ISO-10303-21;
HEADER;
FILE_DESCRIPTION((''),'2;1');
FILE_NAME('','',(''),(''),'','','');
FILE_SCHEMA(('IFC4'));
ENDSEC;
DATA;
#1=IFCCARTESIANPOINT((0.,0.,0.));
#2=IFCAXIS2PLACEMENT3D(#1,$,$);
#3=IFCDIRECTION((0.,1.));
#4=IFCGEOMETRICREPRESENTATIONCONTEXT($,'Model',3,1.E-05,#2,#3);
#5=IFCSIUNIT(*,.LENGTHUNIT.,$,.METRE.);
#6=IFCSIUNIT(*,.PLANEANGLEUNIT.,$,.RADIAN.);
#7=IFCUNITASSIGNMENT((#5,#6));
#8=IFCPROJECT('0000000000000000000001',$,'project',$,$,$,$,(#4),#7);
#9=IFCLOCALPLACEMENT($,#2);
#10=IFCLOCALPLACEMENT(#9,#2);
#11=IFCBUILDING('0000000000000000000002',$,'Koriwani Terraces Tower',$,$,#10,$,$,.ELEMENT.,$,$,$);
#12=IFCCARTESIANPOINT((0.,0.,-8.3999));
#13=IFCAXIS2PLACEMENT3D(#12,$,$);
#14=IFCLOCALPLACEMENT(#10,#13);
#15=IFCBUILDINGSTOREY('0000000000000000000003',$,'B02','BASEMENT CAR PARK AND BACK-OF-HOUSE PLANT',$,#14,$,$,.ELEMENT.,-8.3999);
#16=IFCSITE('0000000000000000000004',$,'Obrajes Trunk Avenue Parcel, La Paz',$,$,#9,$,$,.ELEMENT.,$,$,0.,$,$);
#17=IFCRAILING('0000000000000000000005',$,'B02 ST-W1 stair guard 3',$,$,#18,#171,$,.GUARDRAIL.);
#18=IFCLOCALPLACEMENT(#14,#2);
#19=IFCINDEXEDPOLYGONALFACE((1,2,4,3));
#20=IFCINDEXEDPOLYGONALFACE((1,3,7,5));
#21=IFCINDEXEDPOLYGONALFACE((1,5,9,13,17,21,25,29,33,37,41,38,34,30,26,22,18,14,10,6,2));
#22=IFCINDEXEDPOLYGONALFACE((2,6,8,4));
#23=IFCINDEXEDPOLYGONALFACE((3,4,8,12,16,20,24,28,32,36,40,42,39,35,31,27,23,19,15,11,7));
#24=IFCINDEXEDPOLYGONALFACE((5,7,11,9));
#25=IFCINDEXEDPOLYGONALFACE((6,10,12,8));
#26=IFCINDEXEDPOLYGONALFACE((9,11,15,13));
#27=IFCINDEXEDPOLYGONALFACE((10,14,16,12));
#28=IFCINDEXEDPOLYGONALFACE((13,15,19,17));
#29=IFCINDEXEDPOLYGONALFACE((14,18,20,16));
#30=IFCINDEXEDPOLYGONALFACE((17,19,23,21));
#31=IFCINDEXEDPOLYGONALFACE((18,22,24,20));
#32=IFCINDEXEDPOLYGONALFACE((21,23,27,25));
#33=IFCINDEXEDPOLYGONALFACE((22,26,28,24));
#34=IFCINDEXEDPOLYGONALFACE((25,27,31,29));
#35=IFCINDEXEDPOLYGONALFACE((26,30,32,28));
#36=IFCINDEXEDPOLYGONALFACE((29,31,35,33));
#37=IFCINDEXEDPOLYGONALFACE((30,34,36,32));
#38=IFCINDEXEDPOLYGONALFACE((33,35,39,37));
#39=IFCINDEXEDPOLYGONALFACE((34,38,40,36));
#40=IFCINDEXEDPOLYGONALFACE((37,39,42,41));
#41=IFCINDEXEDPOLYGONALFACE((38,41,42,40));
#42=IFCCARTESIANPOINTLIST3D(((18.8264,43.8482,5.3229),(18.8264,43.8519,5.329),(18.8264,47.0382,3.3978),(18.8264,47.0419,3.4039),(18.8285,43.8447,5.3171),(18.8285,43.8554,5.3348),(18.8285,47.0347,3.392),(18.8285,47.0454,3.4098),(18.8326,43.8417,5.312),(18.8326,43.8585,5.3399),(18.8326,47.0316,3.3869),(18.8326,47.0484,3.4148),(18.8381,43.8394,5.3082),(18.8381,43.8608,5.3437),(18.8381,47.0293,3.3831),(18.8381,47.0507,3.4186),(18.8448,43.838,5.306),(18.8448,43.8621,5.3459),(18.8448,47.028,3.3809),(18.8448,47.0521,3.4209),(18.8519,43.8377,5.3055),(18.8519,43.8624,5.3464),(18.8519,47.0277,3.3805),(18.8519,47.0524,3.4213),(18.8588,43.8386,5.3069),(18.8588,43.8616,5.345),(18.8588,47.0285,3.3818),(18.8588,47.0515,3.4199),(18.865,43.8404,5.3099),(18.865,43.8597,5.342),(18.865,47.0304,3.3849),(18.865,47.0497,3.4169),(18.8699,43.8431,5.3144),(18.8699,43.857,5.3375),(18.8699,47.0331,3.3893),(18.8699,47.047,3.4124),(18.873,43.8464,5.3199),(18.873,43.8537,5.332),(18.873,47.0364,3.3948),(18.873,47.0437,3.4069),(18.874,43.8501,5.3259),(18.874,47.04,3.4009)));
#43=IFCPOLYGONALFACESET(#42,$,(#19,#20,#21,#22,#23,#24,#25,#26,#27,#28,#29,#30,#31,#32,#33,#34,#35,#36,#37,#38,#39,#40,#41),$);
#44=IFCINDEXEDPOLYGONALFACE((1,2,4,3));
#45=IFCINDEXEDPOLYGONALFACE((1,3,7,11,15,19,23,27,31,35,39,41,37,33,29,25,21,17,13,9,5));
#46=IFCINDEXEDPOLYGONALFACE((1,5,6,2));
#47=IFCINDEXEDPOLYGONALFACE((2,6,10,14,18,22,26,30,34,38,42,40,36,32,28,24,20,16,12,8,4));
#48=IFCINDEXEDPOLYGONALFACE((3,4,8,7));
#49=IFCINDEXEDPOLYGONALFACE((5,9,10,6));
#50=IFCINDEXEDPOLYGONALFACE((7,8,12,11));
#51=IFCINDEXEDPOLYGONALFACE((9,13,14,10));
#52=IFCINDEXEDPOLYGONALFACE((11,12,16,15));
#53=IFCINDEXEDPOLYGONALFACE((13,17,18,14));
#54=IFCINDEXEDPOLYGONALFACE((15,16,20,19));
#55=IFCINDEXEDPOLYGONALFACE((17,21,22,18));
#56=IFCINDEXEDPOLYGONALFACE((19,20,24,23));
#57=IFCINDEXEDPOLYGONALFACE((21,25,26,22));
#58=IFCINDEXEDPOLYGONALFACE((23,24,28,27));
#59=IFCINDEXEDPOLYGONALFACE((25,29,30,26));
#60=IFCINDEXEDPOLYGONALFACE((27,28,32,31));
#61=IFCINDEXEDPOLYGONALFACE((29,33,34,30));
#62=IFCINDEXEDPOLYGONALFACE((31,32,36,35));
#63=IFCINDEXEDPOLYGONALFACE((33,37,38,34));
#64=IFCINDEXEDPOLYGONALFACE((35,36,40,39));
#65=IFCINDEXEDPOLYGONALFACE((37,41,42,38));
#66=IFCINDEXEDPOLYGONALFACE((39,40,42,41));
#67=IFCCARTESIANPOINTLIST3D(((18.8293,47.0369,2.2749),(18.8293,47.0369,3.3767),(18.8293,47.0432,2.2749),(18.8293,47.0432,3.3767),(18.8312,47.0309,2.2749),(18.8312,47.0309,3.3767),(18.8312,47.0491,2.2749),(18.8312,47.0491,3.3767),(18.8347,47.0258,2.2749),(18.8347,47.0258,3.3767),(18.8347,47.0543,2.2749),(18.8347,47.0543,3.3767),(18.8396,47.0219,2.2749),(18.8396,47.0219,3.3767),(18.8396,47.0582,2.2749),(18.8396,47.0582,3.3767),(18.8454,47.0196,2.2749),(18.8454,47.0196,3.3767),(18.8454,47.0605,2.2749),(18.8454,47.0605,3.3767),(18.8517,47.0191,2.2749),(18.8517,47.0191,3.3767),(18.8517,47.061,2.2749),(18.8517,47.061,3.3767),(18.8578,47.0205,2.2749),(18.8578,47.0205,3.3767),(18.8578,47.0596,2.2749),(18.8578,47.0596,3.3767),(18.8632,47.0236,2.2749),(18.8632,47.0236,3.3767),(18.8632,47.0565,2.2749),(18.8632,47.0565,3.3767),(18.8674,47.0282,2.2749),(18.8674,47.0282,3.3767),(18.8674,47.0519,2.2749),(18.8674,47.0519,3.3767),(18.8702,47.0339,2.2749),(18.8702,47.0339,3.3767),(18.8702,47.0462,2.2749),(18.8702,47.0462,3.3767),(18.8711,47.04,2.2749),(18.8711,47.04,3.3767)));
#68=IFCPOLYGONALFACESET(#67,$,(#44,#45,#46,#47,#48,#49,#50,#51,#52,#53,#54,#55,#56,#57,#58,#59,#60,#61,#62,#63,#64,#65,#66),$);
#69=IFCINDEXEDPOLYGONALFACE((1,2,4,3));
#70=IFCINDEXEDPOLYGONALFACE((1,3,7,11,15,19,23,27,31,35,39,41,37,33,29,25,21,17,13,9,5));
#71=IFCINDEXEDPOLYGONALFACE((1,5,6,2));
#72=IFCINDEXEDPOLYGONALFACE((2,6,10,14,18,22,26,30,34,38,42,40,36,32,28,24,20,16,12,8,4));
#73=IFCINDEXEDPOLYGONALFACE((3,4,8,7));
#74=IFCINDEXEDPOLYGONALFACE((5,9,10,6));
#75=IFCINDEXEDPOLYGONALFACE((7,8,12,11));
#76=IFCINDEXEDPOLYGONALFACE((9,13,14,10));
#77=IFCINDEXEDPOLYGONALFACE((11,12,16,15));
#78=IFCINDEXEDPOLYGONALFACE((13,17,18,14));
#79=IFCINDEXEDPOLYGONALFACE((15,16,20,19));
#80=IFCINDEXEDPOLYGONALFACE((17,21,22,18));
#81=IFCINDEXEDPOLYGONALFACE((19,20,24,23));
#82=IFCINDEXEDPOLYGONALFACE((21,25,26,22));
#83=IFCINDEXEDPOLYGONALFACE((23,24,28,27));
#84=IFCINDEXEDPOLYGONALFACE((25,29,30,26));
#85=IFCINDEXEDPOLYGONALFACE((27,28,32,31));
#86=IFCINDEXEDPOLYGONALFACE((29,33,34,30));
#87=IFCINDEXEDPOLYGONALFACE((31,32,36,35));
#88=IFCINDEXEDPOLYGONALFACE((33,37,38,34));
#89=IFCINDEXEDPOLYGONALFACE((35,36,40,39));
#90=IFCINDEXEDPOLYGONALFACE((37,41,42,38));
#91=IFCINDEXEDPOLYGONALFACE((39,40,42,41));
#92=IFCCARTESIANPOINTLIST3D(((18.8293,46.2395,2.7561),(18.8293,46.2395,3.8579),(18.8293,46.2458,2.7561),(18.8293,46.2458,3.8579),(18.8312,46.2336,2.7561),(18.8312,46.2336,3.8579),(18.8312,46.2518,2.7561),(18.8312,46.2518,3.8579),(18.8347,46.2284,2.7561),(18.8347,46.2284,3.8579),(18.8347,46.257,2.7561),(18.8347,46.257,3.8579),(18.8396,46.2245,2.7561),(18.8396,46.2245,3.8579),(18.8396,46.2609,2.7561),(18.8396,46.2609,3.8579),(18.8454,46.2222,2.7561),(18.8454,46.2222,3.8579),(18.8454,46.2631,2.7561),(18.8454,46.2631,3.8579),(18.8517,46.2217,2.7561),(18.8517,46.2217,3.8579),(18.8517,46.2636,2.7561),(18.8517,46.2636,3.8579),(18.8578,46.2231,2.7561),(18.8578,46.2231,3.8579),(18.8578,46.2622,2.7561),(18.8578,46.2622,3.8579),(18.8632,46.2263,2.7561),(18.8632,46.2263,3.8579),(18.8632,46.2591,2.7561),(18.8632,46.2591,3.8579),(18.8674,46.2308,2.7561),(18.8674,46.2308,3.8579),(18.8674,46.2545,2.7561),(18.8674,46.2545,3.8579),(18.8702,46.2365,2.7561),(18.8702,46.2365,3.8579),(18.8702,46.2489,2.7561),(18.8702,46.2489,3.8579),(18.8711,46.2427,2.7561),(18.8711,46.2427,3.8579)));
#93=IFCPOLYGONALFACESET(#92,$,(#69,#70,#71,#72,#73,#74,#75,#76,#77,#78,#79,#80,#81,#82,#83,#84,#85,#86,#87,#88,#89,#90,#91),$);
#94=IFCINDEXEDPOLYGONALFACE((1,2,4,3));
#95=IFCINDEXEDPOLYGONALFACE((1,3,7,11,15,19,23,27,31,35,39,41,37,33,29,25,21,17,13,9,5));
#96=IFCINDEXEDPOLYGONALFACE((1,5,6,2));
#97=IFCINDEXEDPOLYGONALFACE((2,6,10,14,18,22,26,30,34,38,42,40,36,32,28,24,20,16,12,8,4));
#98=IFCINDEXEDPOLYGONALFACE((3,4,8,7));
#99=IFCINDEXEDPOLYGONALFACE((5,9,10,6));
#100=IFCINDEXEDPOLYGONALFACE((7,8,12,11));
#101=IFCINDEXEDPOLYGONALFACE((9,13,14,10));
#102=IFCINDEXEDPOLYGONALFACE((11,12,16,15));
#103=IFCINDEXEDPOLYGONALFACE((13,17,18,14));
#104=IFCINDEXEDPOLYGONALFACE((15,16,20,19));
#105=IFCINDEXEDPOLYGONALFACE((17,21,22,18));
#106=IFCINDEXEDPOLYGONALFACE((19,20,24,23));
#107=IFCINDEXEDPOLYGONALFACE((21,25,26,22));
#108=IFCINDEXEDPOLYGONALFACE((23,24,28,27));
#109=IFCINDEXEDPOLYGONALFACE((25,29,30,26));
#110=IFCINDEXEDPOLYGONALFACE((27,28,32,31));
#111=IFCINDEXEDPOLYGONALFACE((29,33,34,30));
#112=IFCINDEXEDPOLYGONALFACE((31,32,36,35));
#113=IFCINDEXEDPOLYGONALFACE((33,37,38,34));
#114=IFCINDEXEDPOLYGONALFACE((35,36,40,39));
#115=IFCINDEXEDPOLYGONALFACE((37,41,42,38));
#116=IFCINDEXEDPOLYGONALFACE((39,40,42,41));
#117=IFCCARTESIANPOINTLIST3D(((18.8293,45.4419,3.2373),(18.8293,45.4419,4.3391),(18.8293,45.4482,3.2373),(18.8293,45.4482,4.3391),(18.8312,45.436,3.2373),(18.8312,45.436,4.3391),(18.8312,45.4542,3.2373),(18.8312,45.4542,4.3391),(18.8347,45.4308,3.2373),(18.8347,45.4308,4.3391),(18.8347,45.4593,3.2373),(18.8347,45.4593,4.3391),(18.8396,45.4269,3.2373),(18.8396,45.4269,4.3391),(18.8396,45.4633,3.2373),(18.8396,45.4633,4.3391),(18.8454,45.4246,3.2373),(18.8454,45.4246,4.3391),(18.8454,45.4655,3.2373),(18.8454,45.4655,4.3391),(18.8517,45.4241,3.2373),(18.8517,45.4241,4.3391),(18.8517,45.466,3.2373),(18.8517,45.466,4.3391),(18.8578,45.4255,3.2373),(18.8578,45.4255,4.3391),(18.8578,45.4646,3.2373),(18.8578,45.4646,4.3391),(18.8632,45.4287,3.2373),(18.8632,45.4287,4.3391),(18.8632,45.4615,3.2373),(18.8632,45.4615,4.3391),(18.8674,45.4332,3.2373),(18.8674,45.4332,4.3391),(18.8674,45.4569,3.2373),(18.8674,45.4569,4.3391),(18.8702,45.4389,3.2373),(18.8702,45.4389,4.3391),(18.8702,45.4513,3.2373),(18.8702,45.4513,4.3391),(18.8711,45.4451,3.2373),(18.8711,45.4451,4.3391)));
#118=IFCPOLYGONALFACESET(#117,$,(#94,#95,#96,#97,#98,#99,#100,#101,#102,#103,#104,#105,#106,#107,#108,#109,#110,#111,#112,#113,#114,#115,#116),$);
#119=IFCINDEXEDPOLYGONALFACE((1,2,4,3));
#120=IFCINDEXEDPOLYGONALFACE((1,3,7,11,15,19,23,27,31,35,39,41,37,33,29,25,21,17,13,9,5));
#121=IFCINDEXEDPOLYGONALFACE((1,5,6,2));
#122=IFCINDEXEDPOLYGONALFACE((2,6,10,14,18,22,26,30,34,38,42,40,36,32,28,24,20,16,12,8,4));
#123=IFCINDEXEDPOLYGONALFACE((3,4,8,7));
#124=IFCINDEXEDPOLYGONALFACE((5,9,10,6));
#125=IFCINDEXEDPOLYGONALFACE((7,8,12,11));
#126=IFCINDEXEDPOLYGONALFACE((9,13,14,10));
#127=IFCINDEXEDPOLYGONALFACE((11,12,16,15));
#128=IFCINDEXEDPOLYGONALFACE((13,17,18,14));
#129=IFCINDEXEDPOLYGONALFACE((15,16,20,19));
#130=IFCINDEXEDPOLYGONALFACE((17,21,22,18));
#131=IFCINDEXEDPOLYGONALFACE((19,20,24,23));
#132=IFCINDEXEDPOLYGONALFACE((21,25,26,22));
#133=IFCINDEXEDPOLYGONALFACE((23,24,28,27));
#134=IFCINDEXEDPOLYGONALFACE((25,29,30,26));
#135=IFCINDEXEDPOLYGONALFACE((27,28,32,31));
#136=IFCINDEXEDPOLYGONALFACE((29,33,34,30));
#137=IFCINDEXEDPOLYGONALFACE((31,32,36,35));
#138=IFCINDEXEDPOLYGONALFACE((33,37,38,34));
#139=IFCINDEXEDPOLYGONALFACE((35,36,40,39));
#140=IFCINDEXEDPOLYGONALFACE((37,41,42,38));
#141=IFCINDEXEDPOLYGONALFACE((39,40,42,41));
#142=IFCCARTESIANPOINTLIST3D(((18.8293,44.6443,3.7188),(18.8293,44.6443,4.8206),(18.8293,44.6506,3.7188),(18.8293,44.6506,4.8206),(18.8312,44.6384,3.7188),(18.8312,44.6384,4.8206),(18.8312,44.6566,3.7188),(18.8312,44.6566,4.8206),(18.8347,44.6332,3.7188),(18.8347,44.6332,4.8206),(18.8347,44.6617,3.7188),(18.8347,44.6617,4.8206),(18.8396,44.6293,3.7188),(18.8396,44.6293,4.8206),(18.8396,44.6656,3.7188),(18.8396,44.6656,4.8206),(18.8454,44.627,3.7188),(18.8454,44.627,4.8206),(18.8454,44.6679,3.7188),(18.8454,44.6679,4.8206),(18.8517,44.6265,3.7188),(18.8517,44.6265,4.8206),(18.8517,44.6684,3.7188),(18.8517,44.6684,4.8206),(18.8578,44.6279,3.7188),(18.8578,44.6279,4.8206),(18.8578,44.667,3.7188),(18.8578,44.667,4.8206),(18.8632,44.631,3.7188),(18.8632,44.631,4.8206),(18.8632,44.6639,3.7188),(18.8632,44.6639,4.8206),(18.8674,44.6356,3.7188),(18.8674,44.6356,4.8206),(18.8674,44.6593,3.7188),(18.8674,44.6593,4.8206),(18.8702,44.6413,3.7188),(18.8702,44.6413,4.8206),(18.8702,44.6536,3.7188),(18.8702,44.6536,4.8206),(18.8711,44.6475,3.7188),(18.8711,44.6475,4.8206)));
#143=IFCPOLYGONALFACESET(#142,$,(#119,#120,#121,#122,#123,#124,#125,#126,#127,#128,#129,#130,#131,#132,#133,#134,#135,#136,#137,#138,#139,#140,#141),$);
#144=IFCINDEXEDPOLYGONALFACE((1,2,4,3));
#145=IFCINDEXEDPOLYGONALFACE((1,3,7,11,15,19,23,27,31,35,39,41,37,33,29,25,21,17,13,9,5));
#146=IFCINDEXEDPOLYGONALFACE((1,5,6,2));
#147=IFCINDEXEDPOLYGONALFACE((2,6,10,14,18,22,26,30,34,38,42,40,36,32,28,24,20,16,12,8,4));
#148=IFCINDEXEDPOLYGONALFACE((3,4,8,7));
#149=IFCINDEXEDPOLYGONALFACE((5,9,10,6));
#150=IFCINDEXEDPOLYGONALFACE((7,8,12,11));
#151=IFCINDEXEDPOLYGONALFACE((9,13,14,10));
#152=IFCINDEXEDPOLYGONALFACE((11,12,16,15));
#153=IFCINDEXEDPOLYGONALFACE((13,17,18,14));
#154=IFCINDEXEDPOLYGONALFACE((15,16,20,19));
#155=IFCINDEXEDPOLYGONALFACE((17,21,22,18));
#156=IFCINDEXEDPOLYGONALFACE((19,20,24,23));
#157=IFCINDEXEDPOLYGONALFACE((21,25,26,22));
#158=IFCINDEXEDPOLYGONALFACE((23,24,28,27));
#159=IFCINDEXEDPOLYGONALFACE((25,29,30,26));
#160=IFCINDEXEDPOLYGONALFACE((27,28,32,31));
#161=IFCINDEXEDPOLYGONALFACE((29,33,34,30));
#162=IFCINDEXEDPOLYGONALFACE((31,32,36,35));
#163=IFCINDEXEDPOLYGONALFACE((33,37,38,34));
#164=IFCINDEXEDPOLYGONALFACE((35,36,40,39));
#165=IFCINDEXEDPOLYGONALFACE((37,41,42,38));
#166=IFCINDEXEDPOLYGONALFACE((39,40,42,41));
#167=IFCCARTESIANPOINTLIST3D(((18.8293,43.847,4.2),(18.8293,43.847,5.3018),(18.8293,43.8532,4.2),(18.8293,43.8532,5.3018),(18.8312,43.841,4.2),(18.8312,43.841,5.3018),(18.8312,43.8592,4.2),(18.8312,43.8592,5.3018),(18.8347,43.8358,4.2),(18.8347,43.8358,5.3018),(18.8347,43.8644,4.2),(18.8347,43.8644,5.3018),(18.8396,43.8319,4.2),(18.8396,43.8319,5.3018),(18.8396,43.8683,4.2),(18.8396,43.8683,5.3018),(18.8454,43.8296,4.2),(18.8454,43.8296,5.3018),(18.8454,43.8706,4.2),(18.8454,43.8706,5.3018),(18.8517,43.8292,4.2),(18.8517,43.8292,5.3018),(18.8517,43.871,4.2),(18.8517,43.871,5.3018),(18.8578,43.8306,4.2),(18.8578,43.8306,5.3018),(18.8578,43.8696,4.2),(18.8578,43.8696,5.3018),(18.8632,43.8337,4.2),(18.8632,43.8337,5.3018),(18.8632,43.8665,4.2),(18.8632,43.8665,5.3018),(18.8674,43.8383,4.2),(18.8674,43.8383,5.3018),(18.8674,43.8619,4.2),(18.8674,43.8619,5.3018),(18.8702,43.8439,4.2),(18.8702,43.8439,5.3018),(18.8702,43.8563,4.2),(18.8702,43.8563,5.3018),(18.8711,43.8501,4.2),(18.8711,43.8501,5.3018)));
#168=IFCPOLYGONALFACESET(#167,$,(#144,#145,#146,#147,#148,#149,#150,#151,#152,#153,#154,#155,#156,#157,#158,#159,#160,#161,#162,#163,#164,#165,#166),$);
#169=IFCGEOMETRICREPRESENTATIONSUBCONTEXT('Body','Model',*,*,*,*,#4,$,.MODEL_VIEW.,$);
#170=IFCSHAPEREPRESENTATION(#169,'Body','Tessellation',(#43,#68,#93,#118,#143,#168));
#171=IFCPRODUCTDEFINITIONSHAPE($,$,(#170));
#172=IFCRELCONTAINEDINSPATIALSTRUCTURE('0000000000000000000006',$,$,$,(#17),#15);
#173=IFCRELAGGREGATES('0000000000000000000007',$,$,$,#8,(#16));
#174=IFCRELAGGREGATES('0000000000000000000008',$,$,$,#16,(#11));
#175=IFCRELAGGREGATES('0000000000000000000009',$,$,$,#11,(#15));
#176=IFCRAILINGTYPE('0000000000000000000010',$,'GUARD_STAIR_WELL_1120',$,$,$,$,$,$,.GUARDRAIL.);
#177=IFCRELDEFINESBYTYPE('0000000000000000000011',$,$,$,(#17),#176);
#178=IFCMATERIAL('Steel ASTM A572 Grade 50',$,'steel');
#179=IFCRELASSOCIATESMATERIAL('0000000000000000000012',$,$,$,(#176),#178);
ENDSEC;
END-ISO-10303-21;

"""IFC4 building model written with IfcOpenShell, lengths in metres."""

from ifc_helpers import new_model, si_unit, direction, frame, origin, origin_2d, place, context, subcontext, project, spatial, circle, extrude, material, type_object, element, save


model = new_model("IFC4")

# Units and contexts
model_context = context("Model", 3, precision=1e-05, world=origin(), true_north=direction((0.0, 1.0)))
body_context = subcontext(model_context, "Body", "Model", "MODEL_VIEW")
ifc_project = project(units=[si_unit("LENGTHUNIT", "METRE"), si_unit("PLANEANGLEUNIT", "RADIAN")], contexts=[model_context])

# Site, building, storey
site_placement = place(None, origin())
site = spatial("IfcSite", under=ifc_project, at=site_placement, Name="Obrajes Trunk Avenue Parcel, La Paz", CompositionType="ELEMENT", RefElevation=0.0)
building_placement = place(site_placement, origin())
building = spatial("IfcBuilding", under=site, at=building_placement, Name="Koriwani Terraces Tower", CompositionType="ELEMENT")
storey_placement = place(building_placement, frame((0.0, 0.0, -8.3999)))
storey = spatial("IfcBuildingStorey", under=building, at=storey_placement, Name="B02", Description="BASEMENT CAR PARK AND BACK-OF-HOUSE PLANT", CompositionType="ELEMENT", Elevation=-8.3999)

# Shared definitions
ifc_material_1 = material(Name="Steel ASTM A572 Grade 50", Category="steel")

# Railing
railing_type_1 = type_object("IfcRailingType", Name="GUARD_STAIR_WELL_1120", PredefinedType="GUARDRAIL", material=ifc_material_1)
railing_1_placement = place(storey_placement, frame((18.8501, 47.04, 2.2749)))
element("IfcRailing", 1, at=railing_1_placement, inside=storey, type_object=railing_type_1, Name="B02 ST-W1 stair guard 3", PredefinedType="GUARDRAIL", context=body_context, shape_type="SweptSolid", body=[
    extrude(circle(Radius=0.0239, at=origin_2d()), frame((0.0, 0.0, 1.126), z_axis=(0.0, -0.856178, 0.516682), x_axis=(1.0, 0.0, 0.0)), (0.0, 0.0, 1.0), 3.7258),
    extrude(circle(Radius=0.021, at=origin_2d()), origin(), (0.0, 0.0, 1.0), 1.1018),
    extrude(circle(Radius=0.021, at=origin_2d()), frame((0.0, -0.7974, 0.4812)), (0.0, 0.0, 1.0), 1.1018),
    extrude(circle(Radius=0.021, at=origin_2d()), frame((0.0, -1.595, 0.9624)), (0.0, 0.0, 1.0), 1.1018),
    extrude(circle(Radius=0.021, at=origin_2d()), frame((0.0, -2.3926, 1.4438)), (0.0, 0.0, 1.0), 1.1018),
    extrude(circle(Radius=0.021, at=origin_2d()), frame((0.0, -3.1899, 1.925)), (0.0, 0.0, 1.0), 1.1018),
])

save(model, "model.ifc")
